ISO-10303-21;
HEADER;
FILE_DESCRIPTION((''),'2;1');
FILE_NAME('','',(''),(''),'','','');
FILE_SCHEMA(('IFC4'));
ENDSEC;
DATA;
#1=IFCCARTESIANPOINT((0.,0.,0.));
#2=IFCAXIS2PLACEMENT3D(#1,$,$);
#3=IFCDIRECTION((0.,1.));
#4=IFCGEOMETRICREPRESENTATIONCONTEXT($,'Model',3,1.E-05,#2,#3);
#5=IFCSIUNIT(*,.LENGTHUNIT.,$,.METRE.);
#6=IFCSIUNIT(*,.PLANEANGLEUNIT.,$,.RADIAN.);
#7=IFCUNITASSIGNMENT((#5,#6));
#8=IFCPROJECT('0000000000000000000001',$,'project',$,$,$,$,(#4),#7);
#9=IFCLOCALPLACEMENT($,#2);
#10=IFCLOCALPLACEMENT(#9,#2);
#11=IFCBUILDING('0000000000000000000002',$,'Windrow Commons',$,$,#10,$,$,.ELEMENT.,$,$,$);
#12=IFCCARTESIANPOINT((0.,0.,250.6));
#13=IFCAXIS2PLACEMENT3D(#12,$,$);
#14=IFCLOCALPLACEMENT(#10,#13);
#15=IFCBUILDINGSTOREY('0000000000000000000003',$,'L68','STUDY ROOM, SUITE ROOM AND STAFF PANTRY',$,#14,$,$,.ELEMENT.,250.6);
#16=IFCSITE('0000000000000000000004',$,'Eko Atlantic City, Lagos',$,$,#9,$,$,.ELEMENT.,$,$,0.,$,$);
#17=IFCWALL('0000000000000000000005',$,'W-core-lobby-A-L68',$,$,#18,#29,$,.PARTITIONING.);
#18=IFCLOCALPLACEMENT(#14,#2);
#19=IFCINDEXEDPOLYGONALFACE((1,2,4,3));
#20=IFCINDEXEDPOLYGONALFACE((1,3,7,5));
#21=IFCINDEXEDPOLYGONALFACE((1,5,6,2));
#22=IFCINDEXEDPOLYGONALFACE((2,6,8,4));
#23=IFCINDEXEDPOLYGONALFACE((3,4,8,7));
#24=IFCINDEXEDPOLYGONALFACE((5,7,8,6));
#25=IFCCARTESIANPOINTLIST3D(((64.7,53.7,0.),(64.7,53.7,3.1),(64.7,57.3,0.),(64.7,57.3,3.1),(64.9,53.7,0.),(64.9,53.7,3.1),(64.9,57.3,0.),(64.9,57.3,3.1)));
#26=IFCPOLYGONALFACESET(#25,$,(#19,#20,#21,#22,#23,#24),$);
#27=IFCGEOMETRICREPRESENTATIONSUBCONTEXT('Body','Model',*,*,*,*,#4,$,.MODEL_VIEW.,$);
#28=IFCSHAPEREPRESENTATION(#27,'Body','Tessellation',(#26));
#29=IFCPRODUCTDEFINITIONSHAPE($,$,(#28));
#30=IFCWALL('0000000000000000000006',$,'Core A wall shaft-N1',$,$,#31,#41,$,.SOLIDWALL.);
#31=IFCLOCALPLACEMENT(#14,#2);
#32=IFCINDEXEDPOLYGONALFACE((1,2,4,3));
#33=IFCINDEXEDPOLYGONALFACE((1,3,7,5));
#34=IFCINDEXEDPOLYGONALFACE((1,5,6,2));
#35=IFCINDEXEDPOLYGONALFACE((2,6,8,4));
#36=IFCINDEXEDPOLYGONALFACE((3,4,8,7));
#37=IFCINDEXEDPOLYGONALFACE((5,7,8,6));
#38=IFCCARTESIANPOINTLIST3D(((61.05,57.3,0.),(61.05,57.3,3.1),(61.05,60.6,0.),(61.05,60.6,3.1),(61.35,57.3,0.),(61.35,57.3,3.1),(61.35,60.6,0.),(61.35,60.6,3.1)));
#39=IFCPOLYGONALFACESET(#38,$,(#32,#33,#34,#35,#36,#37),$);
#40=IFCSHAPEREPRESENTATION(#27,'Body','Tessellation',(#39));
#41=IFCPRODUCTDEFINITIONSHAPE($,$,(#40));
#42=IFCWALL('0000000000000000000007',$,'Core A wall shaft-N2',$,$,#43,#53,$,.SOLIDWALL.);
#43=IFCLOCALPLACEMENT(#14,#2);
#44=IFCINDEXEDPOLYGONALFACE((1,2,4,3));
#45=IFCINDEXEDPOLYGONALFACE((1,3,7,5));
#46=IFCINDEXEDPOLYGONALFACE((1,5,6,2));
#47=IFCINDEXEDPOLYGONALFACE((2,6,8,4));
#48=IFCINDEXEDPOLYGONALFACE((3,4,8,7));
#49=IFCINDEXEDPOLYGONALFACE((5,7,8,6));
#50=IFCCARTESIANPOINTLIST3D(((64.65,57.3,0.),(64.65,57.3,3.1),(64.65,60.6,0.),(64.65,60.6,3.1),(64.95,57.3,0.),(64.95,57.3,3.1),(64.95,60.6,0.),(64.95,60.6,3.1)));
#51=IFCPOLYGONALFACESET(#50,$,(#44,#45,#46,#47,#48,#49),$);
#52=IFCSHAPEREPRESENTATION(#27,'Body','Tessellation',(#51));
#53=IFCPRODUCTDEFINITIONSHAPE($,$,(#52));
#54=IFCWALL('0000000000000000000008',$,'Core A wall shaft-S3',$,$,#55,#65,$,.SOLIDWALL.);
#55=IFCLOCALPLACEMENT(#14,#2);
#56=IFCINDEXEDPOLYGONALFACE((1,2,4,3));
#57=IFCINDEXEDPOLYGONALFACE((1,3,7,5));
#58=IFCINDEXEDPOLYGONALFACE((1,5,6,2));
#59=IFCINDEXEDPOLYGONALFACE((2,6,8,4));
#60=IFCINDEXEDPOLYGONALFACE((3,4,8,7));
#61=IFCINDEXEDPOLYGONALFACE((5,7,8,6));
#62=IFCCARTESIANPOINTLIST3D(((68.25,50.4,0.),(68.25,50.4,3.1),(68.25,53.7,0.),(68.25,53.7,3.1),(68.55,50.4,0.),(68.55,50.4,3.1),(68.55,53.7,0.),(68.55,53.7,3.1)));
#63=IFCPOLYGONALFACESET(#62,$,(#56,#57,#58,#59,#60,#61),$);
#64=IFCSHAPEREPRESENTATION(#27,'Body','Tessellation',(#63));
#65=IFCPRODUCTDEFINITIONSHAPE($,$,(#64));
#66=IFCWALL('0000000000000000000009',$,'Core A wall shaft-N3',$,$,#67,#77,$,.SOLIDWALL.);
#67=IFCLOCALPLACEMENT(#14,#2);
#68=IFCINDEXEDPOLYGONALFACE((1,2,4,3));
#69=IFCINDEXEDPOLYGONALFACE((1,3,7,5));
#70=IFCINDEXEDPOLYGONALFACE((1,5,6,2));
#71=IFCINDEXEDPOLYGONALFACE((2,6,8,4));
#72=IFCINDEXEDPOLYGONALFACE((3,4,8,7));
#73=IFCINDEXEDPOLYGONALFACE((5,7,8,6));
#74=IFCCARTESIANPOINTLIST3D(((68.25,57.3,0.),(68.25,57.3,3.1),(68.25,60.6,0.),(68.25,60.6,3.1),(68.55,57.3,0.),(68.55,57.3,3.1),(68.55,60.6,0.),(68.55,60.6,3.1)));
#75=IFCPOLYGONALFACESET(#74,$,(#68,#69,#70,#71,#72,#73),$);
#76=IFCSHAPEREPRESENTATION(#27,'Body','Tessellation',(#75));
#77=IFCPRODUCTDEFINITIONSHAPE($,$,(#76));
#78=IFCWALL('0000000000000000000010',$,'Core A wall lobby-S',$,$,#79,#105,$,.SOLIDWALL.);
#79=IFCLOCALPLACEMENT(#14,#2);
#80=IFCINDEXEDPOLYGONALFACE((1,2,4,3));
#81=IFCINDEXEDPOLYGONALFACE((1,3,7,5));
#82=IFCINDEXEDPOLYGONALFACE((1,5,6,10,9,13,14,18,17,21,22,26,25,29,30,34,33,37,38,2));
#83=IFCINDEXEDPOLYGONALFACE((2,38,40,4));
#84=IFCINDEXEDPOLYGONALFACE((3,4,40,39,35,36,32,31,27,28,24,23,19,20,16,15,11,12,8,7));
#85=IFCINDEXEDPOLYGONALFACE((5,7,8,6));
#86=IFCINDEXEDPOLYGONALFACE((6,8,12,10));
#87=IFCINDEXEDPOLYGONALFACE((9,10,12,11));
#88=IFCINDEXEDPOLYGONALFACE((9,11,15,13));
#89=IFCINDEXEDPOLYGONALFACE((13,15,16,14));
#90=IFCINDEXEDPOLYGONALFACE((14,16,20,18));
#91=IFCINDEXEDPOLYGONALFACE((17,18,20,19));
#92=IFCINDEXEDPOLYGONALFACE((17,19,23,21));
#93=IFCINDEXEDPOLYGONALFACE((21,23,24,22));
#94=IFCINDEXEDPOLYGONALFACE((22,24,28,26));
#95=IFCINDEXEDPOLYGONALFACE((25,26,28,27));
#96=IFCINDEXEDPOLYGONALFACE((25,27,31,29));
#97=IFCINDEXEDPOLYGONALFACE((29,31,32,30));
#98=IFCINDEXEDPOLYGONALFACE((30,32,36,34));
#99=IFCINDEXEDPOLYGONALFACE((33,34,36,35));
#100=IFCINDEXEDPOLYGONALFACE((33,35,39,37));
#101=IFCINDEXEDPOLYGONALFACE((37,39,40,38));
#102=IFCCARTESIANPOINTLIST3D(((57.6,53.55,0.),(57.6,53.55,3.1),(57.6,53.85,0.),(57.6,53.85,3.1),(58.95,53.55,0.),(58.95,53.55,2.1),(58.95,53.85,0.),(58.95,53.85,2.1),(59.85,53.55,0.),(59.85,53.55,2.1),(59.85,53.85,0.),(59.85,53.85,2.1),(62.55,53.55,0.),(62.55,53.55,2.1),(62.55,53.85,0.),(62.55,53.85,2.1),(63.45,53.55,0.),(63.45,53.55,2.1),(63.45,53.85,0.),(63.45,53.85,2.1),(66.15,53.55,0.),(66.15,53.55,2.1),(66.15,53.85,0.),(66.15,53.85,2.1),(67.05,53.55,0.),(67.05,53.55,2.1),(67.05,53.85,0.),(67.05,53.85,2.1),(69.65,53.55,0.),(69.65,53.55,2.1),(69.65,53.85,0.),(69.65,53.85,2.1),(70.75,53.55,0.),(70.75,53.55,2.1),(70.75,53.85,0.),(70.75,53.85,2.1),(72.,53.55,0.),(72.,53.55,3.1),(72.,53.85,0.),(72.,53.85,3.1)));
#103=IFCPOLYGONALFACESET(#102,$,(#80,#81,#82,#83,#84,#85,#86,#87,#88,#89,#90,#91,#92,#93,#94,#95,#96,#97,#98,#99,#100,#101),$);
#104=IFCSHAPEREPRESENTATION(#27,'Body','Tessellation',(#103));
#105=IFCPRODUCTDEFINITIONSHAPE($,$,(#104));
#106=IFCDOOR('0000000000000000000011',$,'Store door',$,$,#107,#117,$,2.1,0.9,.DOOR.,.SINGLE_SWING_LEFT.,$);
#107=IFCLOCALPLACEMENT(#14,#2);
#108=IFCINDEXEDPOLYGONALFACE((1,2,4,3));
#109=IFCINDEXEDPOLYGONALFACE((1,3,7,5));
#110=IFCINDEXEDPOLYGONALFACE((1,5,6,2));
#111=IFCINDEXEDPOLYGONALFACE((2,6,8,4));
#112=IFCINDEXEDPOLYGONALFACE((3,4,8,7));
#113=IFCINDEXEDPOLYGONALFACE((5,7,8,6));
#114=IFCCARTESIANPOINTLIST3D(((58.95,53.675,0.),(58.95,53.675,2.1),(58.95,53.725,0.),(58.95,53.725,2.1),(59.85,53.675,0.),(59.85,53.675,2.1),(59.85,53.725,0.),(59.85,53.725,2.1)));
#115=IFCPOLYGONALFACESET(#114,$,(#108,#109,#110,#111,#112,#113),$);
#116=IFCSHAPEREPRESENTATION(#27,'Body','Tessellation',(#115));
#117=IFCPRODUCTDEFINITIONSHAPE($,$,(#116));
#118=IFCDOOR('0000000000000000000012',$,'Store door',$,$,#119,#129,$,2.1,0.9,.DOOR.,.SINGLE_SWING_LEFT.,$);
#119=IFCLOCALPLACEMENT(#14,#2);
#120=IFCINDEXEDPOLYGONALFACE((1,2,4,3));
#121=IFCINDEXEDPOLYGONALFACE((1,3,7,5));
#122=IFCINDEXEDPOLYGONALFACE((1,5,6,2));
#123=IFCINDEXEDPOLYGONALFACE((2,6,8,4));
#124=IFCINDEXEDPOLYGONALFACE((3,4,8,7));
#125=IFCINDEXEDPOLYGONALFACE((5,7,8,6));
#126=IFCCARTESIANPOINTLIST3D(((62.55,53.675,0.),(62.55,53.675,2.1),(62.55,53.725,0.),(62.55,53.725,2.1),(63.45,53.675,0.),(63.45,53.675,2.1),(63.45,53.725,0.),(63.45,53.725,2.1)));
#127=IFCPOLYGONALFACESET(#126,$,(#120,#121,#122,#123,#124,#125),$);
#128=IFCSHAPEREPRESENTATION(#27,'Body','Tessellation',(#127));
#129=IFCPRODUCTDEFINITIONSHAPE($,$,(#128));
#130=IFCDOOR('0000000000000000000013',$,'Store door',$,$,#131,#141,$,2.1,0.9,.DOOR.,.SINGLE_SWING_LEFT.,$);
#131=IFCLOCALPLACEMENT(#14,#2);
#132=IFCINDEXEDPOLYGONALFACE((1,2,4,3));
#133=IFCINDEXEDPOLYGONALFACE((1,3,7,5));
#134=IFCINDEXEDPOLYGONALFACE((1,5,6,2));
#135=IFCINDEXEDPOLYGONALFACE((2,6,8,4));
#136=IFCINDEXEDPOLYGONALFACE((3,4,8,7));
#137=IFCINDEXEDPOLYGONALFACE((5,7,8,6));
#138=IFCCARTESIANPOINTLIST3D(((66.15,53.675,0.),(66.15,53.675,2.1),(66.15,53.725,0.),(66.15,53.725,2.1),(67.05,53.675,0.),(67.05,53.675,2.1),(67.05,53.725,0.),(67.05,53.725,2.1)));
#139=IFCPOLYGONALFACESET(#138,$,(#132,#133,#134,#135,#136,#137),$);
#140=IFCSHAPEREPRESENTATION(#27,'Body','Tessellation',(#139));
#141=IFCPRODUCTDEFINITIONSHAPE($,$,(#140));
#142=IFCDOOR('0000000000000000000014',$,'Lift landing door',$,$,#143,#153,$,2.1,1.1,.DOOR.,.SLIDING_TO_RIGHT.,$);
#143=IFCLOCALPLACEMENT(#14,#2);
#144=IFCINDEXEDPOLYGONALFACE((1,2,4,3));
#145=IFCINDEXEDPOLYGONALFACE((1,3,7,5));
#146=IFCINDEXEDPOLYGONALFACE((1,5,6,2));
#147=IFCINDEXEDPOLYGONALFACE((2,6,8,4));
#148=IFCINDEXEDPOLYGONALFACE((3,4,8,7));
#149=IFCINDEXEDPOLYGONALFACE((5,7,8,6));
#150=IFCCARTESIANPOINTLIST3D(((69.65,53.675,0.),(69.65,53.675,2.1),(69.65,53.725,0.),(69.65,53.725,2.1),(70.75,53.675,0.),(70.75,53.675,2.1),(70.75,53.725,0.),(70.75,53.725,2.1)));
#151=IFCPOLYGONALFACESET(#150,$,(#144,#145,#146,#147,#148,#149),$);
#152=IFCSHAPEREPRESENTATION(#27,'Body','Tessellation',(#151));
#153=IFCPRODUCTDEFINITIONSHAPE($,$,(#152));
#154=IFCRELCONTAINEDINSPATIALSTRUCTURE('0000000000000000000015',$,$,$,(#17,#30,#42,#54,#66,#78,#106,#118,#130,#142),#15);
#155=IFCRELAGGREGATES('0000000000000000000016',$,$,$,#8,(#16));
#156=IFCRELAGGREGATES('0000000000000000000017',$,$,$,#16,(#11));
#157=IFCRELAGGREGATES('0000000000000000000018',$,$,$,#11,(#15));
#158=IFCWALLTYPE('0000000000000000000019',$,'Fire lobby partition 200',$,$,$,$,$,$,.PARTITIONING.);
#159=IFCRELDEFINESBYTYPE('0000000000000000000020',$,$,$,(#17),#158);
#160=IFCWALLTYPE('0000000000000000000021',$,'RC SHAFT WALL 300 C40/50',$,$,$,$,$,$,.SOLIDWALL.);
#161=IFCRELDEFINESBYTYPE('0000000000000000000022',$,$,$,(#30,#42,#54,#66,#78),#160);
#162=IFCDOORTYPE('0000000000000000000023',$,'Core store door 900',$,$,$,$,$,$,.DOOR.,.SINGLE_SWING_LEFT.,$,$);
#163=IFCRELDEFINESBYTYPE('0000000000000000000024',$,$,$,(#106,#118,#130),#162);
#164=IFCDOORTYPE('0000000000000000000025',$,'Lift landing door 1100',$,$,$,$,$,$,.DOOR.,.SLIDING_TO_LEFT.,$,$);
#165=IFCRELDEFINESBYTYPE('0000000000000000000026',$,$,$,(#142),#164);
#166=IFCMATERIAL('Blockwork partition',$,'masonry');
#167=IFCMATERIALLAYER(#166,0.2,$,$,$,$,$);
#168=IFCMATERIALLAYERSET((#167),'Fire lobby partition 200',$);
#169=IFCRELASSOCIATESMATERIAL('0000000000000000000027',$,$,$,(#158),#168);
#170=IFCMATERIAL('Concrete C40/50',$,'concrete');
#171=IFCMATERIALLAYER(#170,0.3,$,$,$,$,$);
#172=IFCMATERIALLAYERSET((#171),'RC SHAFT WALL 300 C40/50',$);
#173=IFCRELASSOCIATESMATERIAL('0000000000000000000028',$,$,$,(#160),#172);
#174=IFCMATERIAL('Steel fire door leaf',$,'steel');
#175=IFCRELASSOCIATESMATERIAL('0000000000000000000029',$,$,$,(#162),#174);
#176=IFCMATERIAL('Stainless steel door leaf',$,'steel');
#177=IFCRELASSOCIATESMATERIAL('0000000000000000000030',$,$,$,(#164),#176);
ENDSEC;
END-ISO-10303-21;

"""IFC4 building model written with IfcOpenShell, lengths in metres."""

from ifc_helpers import new_model, si_unit, direction, frame, frame_2d, origin, place, context, subcontext, project, spatial, rectangle, extrude, material, layer, layer_set, type_object, element, fill, save


model = new_model("IFC4")

# Units and contexts
model_context = context("Model", 3, precision=1e-05, world=origin(), true_north=direction((0.0, 1.0)))
body_context = subcontext(model_context, "Body", "Model", "MODEL_VIEW")
ifc_project = project(units=[si_unit("LENGTHUNIT", "METRE"), si_unit("PLANEANGLEUNIT", "RADIAN")], contexts=[model_context])

# Site, building, storey
site_placement = place(None, origin())
site = spatial("IfcSite", under=ifc_project, at=site_placement, Name="Eko Atlantic City, Lagos", CompositionType="ELEMENT", RefElevation=0.0)
building_placement = place(site_placement, origin())
building = spatial("IfcBuilding", under=site, at=building_placement, Name="Windrow Commons", CompositionType="ELEMENT")
storey_placement = place(building_placement, frame((0.0, 0.0, 250.6)))
storey = spatial("IfcBuildingStorey", under=building, at=storey_placement, Name="L68", Description="STUDY ROOM, SUITE ROOM AND STAFF PANTRY", CompositionType="ELEMENT", Elevation=250.6)

# Walls
ifc_material_1 = material(Name="Blockwork partition", Category="masonry")
ifc_layer_1 = layer(ifc_material_1, 0.2)
ifc_layer_set_1 = layer_set([ifc_layer_1], Name="Fire lobby partition 200")
wall_type_1 = type_object("IfcWallType", Name="Fire lobby partition 200", PredefinedType="PARTITIONING", material=ifc_layer_set_1)
wall_1_placement = place(storey_placement, frame((64.8, 53.7, 0.0), z_axis=(0.0, 0.0, 1.0), x_axis=(0.0, 1.0, 0.0)))
element("IfcWall", 1, at=wall_1_placement, inside=storey, type_object=wall_type_1, Name="W-core-lobby-A-L68", PredefinedType="PARTITIONING", context=body_context, shape_type="SweptSolid", body=[
    extrude(rectangle(XDim=3.6, YDim=0.2, at=frame_2d((1.8, 0.0))), origin(), (0.0, 0.0, 1.0), 3.1),
])
ifc_material_2 = material(Name="Concrete C40/50", Category="concrete")
ifc_layer_2 = layer(ifc_material_2, 0.3)
ifc_layer_set_2 = layer_set([ifc_layer_2], Name="RC SHAFT WALL 300 C40/50")
wall_type_2 = type_object("IfcWallType", Name="RC SHAFT WALL 300 C40/50", PredefinedType="SOLIDWALL", material=ifc_layer_set_2)
for number, where, z_axis, x_axis, name in (
    (2, (61.2, 57.3, 0.0), (0.0, 0.0, 1.0), (0.0, 1.0, 0.0), "Core A wall shaft-N1"),
    (3, (64.8, 57.3, 0.0), (0.0, 0.0, 1.0), (0.0, 1.0, 0.0), "Core A wall shaft-N2"),
    (4, (68.4, 50.4, 0.0), (0.0, 0.0, 1.0), (0.0, 1.0, 0.0), "Core A wall shaft-S3"),
    (5, (68.4, 57.3, 0.0), (0.0, 0.0, 1.0), (0.0, 1.0, 0.0), "Core A wall shaft-N3"),
):
    element("IfcWall", number, at=place(storey_placement, frame(where, z_axis=z_axis, x_axis=x_axis)), inside=storey, type_object=wall_type_2, Name=name, PredefinedType="SOLIDWALL", context=body_context, shape_type="SweptSolid", body=[
        extrude(rectangle(XDim=3.3, YDim=0.3, at=frame_2d((1.65, 0.0))), origin(), (0.0, 0.0, 1.0), 3.1),
    ])

# Wall, openings, doors
wall_2_placement = place(storey_placement, frame((57.6, 53.7, 0.0), z_axis=(0.0, 0.0, 1.0), x_axis=(1.0, 0.0, 0.0)))
wall_2 = element("IfcWall", 6, at=wall_2_placement, inside=storey, type_object=wall_type_2, Name="Core A wall lobby-S", PredefinedType="SOLIDWALL", context=body_context, shape_type="SweptSolid", body=[
    extrude(rectangle(XDim=14.4, YDim=0.3, at=frame_2d((7.2, 0.0))), origin(), (0.0, 0.0, 1.0), 3.1),
])
opening_1_placement = place(wall_2_placement, frame((1.35, 0.0, 0.0)))
opening_1 = element("IfcOpeningElement", 7, at=opening_1_placement, cuts=wall_2, PredefinedType="OPENING", context=body_context, shape_type="SweptSolid", body=[
    extrude(rectangle(XDim=0.9, YDim=2.1, at=frame_2d((0.45, 1.05))), frame((0.0, 0.16, 0.0), z_axis=(0.0, -1.0, 0.0), x_axis=(1.0, 0.0, 0.0)), (0.0, 0.0, 1.0), 0.32),
])
opening_2_placement = place(wall_2_placement, frame((4.95, 0.0, 0.0)))
opening_2 = element("IfcOpeningElement", 8, at=opening_2_placement, cuts=wall_2, PredefinedType="OPENING", context=body_context, shape_type="SweptSolid", body=[
    extrude(rectangle(XDim=0.9, YDim=2.1, at=frame_2d((0.45, 1.05))), frame((0.0, 0.16, 0.0), z_axis=(0.0, -1.0, 0.0), x_axis=(1.0, 0.0, 0.0)), (0.0, 0.0, 1.0), 0.32),
])
opening_3_placement = place(wall_2_placement, frame((8.55, 0.0, 0.0)))
opening_3 = element("IfcOpeningElement", 9, at=opening_3_placement, cuts=wall_2, PredefinedType="OPENING", context=body_context, shape_type="SweptSolid", body=[
    extrude(rectangle(XDim=0.9, YDim=2.1, at=frame_2d((0.45, 1.05))), frame((0.0, 0.16, 0.0), z_axis=(0.0, -1.0, 0.0), x_axis=(1.0, 0.0, 0.0)), (0.0, 0.0, 1.0), 0.32),
])
opening_4_placement = place(wall_2_placement, frame((12.05, 0.0, 0.0)))
opening_4 = element("IfcOpeningElement", 10, at=opening_4_placement, cuts=wall_2, PredefinedType="OPENING", context=body_context, shape_type="SweptSolid", body=[
    extrude(rectangle(XDim=1.1, YDim=2.1, at=frame_2d((0.55, 1.05))), frame((0.0, 0.16, 0.0), z_axis=(0.0, -1.0, 0.0), x_axis=(1.0, 0.0, 0.0)), (0.0, 0.0, 1.0), 0.32),
])
ifc_material_3 = material(Name="Steel fire door leaf", Category="steel")
door_type_1 = type_object("IfcDoorType", Name="Core store door 900", OperationType="SINGLE_SWING_LEFT", PredefinedType="DOOR", material=ifc_material_3)
door_1_placement = place(opening_1_placement, origin())
door_1 = element("IfcDoor", 11, at=door_1_placement, inside=storey, type_object=door_type_1, Name="Store door", OperationType="SINGLE_SWING_LEFT", OverallHeight=2.1, OverallWidth=0.9, PredefinedType="DOOR", context=body_context, shape_type="SweptSolid", body=[
    extrude(rectangle(XDim=0.9, YDim=2.1, at=frame_2d((0.45, 1.05))), frame((0.0, 0.025, 0.0), z_axis=(0.0, -1.0, 0.0), x_axis=(1.0, 0.0, 0.0)), (0.0, 0.0, 1.0), 0.05),
])
fill(opening_1, door_1)
door_2_placement = place(opening_2_placement, origin())
door_2 = element("IfcDoor", 12, at=door_2_placement, inside=storey, type_object=door_type_1, Name="Store door", OperationType="SINGLE_SWING_LEFT", OverallHeight=2.1, OverallWidth=0.9, PredefinedType="DOOR", context=body_context, shape_type="SweptSolid", body=[
    extrude(rectangle(XDim=0.9, YDim=2.1, at=frame_2d((0.45, 1.05))), frame((0.0, 0.025, 0.0), z_axis=(0.0, -1.0, 0.0), x_axis=(1.0, 0.0, 0.0)), (0.0, 0.0, 1.0), 0.05),
])
fill(opening_2, door_2)
door_3_placement = place(opening_3_placement, origin())
door_3 = element("IfcDoor", 13, at=door_3_placement, inside=storey, type_object=door_type_1, Name="Store door", OperationType="SINGLE_SWING_LEFT", OverallHeight=2.1, OverallWidth=0.9, PredefinedType="DOOR", context=body_context, shape_type="SweptSolid", body=[
    extrude(rectangle(XDim=0.9, YDim=2.1, at=frame_2d((0.45, 1.05))), frame((0.0, 0.025, 0.0), z_axis=(0.0, -1.0, 0.0), x_axis=(1.0, 0.0, 0.0)), (0.0, 0.0, 1.0), 0.05),
])
fill(opening_3, door_3)
ifc_material_4 = material(Name="Stainless steel door leaf", Category="steel")
door_type_2 = type_object("IfcDoorType", Name="Lift landing door 1100", OperationType="SLIDING_TO_LEFT", PredefinedType="DOOR", material=ifc_material_4)
door_4_placement = place(opening_4_placement, origin())
door_4 = element("IfcDoor", 14, at=door_4_placement, inside=storey, type_object=door_type_2, Name="Lift landing door", OperationType="SLIDING_TO_RIGHT", OverallHeight=2.1, OverallWidth=1.1, PredefinedType="DOOR", context=body_context, shape_type="SweptSolid", body=[
    extrude(rectangle(XDim=1.1, YDim=2.1, at=frame_2d((0.55, 1.05))), frame((0.0, 0.025, 0.0), z_axis=(0.0, -1.0, 0.0), x_axis=(1.0, 0.0, 0.0)), (0.0, 0.0, 1.0), 0.05),
])
fill(opening_4, door_4)

save(model, "model.ifc")
